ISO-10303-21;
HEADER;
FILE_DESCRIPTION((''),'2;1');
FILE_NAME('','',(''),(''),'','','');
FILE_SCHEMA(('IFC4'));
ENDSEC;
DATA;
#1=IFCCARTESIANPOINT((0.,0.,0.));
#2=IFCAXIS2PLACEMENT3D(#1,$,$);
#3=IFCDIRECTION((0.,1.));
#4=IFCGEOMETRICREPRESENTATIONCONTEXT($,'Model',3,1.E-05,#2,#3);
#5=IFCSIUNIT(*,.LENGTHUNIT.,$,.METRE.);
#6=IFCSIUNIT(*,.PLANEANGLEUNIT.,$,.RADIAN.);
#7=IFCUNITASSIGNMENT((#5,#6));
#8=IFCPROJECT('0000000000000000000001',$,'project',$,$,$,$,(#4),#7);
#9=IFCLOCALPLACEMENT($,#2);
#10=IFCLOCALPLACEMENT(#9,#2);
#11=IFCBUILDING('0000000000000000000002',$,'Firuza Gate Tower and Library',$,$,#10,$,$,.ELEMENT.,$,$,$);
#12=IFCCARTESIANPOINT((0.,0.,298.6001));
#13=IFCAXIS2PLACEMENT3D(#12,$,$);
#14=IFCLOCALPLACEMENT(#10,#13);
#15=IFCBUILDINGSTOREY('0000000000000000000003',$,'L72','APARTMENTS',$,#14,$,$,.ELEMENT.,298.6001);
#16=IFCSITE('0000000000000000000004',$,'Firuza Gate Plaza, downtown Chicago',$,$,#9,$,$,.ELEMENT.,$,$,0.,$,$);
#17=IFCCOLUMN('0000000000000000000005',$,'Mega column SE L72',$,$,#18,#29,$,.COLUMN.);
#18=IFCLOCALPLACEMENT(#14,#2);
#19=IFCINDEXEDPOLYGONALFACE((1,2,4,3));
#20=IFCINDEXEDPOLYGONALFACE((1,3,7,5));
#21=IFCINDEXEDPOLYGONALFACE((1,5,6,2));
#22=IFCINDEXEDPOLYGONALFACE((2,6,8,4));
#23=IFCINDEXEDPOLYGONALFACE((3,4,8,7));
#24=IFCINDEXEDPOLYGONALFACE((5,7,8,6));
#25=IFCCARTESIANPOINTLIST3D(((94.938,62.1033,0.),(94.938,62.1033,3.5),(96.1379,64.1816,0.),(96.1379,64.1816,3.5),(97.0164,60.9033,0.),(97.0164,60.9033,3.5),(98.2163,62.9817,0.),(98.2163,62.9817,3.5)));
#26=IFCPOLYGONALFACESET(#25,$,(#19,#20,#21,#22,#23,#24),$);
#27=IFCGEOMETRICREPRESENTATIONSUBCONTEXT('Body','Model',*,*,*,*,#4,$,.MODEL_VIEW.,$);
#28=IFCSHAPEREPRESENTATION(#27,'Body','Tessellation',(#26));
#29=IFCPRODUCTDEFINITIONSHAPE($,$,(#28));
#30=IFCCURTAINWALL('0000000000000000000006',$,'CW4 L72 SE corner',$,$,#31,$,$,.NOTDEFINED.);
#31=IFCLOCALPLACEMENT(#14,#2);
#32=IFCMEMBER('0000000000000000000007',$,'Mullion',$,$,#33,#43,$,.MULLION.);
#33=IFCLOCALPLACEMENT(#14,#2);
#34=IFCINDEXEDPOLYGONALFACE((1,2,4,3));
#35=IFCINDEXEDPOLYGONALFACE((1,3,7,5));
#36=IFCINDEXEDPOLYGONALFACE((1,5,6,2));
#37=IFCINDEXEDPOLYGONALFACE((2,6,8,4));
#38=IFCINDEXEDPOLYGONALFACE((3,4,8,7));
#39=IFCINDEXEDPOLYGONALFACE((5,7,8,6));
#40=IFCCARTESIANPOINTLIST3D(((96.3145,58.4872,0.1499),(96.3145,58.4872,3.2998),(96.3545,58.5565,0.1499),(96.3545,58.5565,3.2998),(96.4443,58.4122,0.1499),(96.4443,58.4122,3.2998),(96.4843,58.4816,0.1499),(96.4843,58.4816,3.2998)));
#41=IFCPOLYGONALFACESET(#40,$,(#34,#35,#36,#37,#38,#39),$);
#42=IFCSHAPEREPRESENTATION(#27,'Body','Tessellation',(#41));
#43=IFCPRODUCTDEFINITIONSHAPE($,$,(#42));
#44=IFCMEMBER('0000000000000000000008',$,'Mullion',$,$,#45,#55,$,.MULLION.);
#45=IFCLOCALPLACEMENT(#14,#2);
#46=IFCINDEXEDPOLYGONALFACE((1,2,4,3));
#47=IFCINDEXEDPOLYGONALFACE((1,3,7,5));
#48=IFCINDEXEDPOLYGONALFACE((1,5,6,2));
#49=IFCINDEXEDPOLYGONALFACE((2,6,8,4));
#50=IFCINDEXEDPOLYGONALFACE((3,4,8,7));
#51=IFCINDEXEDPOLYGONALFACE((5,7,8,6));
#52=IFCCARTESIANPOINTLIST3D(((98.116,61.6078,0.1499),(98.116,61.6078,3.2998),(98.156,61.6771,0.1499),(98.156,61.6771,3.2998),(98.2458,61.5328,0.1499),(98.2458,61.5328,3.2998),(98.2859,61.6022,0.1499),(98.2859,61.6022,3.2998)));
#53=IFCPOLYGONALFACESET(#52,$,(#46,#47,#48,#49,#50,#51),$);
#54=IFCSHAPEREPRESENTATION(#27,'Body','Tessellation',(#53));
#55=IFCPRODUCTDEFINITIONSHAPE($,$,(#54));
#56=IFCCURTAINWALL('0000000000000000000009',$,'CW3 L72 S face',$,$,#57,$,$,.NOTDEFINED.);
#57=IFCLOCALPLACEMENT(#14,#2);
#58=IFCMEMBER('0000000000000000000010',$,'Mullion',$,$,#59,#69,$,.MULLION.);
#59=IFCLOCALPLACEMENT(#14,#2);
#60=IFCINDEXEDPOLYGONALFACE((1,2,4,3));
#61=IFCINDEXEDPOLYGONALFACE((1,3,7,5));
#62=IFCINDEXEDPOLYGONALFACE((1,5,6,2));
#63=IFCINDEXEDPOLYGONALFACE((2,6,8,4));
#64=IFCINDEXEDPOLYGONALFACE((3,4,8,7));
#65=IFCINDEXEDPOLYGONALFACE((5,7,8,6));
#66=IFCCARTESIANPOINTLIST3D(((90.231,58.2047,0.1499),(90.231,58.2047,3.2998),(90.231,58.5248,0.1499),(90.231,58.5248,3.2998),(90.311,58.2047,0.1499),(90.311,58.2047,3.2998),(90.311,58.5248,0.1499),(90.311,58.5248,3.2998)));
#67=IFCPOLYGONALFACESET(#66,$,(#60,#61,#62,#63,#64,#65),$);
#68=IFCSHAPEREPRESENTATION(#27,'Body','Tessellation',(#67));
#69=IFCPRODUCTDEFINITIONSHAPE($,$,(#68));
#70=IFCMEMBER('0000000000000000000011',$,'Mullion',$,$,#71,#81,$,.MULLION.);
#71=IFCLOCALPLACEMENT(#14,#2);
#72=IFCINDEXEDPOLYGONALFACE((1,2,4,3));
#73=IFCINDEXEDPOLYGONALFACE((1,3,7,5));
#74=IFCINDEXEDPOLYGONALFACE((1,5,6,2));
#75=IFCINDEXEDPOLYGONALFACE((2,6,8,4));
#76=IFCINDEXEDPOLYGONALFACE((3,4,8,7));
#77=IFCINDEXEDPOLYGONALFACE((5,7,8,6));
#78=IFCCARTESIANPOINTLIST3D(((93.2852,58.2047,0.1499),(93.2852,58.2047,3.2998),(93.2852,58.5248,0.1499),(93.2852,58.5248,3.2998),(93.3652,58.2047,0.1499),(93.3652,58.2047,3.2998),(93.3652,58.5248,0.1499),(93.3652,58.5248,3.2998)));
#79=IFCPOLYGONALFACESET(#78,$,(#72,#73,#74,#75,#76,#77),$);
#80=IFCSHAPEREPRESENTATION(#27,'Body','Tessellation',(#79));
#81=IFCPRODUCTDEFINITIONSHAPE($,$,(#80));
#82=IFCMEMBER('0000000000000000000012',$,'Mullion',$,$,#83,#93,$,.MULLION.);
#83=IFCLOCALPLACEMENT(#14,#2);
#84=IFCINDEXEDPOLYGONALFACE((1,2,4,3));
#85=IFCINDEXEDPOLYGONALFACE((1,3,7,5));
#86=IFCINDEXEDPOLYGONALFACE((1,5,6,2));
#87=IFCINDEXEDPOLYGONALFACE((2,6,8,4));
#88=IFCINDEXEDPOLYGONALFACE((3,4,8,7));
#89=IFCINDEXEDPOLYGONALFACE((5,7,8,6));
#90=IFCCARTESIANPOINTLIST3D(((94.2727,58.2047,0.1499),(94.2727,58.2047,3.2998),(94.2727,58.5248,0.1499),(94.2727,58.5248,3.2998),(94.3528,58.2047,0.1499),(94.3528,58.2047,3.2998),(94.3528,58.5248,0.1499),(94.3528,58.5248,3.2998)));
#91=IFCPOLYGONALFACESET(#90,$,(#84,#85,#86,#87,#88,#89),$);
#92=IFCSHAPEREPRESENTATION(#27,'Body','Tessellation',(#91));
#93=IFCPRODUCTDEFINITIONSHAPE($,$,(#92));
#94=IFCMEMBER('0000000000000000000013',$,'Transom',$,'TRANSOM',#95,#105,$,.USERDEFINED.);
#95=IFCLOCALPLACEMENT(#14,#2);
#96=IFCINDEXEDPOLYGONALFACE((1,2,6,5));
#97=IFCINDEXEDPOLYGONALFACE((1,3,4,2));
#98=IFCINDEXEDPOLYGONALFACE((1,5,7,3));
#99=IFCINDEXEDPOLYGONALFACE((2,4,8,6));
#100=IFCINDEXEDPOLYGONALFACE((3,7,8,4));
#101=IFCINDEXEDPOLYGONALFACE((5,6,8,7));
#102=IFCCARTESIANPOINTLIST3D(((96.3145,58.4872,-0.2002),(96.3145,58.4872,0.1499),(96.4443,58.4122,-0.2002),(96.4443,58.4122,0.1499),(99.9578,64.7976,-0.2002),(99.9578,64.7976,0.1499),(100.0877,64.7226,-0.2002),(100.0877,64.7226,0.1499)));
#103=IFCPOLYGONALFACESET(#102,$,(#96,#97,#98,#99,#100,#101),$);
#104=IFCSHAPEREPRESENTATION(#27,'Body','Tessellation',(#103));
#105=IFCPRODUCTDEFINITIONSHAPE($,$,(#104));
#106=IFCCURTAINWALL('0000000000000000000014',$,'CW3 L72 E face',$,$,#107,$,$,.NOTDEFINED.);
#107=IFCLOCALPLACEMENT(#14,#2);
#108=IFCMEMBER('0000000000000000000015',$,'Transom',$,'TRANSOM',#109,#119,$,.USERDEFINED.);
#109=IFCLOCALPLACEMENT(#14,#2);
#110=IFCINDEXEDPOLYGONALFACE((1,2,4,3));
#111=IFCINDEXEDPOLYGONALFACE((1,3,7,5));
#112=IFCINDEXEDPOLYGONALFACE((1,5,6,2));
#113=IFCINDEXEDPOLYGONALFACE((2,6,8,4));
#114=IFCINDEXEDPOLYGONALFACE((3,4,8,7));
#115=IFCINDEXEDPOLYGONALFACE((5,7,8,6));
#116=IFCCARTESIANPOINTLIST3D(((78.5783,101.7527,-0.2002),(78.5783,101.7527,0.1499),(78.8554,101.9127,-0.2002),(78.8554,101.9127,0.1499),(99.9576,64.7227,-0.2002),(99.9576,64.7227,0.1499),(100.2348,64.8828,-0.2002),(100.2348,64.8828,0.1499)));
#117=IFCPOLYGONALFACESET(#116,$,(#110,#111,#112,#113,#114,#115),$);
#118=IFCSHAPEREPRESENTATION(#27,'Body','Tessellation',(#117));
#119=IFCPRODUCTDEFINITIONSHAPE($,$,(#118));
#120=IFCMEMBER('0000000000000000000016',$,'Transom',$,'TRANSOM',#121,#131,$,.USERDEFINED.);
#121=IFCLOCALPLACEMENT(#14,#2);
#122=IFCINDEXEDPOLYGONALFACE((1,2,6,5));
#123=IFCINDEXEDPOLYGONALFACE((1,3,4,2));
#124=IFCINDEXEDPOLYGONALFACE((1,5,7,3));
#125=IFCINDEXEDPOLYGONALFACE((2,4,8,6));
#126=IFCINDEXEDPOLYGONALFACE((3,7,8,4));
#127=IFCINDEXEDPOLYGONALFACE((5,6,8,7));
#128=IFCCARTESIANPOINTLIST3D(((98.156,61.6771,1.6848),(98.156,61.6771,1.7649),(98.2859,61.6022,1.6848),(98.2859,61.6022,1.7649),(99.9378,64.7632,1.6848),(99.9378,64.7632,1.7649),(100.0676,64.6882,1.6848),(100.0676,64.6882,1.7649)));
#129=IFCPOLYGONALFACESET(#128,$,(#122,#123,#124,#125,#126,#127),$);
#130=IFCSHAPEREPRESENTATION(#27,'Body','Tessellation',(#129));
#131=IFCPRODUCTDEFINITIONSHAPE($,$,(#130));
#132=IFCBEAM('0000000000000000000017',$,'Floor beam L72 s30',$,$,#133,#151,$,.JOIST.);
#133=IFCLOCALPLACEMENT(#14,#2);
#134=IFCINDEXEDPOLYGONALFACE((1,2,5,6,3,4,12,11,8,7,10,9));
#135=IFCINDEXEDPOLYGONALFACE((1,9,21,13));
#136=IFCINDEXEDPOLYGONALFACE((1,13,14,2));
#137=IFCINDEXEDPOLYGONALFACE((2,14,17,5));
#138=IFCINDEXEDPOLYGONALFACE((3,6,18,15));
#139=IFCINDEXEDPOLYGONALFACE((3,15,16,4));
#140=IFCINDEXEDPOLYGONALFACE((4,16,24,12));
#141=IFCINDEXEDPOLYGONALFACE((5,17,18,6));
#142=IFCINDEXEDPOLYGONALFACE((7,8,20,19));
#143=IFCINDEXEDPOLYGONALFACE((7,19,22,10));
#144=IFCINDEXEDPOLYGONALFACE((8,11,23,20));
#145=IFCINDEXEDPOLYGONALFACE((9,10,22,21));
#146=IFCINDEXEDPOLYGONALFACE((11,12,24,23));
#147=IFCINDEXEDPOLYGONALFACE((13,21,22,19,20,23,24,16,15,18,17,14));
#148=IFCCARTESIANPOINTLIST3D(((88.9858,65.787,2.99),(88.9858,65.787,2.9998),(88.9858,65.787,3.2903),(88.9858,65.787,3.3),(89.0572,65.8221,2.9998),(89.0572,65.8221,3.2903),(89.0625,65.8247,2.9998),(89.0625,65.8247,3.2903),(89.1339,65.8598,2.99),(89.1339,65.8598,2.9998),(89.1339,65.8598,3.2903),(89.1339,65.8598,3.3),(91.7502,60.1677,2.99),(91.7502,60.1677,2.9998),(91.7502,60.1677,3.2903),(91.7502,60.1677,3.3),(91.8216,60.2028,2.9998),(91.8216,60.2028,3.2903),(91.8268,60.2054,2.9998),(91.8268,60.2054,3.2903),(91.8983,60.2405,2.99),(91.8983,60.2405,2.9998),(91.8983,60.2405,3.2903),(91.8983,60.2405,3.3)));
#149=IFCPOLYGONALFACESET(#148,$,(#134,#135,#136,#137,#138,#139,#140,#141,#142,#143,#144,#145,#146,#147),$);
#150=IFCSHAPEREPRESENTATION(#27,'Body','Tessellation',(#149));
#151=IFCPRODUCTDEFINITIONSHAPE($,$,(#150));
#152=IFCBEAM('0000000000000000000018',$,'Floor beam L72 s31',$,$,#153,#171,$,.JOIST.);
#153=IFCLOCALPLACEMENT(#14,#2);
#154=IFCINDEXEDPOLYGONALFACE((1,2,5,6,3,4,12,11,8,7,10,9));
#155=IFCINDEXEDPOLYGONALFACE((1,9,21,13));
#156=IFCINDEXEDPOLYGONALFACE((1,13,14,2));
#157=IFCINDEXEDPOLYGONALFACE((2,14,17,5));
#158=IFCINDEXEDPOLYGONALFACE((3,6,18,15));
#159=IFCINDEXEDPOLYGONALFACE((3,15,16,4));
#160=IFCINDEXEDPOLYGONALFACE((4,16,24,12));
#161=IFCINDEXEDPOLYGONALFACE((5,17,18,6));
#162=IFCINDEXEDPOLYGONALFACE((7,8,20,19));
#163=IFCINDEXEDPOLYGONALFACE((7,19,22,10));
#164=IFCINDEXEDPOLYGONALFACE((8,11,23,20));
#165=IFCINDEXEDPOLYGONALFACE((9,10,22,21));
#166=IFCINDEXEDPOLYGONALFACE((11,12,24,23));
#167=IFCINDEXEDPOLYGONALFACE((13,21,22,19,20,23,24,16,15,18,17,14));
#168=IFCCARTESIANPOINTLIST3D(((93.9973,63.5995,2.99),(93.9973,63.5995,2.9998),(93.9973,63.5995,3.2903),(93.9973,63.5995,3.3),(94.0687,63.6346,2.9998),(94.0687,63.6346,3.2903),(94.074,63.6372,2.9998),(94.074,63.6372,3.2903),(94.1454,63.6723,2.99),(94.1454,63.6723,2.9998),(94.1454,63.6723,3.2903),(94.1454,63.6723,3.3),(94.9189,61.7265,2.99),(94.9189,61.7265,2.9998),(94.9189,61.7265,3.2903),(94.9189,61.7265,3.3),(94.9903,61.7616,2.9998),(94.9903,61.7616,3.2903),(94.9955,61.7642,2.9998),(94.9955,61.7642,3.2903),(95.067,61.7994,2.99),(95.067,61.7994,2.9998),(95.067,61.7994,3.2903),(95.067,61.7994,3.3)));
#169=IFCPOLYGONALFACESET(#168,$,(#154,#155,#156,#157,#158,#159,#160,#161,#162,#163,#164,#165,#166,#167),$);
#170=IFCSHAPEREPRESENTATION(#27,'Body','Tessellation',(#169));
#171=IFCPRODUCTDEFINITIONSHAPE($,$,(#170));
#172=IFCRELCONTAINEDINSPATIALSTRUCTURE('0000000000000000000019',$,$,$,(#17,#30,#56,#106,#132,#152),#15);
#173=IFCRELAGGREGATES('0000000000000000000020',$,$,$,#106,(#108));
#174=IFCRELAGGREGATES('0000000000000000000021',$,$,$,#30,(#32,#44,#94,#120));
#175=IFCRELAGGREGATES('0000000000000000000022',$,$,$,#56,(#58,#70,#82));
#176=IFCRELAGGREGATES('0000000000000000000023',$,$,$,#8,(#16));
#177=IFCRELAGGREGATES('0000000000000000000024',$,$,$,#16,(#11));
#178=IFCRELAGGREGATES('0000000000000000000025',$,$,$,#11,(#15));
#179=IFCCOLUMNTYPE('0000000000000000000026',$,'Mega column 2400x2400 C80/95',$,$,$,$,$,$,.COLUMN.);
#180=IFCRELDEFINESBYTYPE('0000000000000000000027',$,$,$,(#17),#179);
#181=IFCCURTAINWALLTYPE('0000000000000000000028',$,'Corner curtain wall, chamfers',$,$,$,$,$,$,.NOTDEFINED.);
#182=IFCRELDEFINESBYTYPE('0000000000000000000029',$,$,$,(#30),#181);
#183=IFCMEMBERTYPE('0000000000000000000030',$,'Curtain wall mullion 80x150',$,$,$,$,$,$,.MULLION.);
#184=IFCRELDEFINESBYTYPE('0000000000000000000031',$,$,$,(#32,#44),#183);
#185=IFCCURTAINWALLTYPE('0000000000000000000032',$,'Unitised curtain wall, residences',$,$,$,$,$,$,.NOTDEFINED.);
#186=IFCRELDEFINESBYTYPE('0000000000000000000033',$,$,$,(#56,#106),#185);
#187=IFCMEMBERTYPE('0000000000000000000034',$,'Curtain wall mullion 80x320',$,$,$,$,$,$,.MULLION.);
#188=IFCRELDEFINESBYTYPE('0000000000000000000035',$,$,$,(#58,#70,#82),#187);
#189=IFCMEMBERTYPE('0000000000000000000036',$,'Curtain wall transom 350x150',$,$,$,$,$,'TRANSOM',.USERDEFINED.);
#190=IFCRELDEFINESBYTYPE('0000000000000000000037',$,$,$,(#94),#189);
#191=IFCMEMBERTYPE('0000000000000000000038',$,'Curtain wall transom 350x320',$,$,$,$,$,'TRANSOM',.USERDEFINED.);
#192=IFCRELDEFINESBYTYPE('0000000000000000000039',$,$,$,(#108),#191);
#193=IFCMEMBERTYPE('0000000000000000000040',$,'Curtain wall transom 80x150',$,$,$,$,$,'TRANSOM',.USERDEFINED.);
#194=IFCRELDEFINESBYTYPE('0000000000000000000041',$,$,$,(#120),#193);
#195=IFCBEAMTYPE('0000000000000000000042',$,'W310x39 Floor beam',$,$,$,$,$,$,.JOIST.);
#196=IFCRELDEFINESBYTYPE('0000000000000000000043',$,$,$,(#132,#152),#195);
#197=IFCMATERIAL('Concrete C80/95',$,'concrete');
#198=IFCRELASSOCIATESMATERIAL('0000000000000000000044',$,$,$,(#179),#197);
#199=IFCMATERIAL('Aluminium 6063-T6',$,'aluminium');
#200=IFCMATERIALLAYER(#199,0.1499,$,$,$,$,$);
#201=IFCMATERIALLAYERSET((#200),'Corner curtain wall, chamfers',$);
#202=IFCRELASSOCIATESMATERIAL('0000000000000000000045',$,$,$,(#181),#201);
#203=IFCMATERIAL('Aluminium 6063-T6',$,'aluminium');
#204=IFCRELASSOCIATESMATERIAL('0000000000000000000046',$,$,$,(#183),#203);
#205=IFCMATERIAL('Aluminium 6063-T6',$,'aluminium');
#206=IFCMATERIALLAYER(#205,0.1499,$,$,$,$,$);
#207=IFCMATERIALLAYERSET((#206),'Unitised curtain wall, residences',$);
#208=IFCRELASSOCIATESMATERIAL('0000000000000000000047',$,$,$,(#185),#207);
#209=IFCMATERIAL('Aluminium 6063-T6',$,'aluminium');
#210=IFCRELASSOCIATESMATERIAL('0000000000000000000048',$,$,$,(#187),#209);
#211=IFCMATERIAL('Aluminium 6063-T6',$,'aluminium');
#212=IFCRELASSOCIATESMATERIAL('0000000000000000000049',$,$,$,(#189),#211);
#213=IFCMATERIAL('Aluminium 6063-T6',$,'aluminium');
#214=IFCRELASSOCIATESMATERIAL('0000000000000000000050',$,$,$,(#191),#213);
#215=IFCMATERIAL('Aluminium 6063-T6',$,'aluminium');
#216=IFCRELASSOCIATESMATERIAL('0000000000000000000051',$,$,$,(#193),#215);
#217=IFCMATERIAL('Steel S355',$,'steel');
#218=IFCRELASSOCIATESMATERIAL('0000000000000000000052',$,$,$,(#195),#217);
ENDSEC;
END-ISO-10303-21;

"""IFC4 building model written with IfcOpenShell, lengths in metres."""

from ifc_helpers import new_model, si_unit, direction, frame, origin, origin_2d, place, context, subcontext, project, spatial, rectangle, i_section, extrude, material, layer, layer_set, material_profile, profile_set, type_object, element, aggregate, save


model = new_model("IFC4")

# Units and contexts
model_context = context("Model", 3, precision=1e-05, world=origin(), true_north=direction((0.0, 1.0)))
body_context = subcontext(model_context, "Body", "Model", "MODEL_VIEW")
ifc_project = project(units=[si_unit("LENGTHUNIT", "METRE"), si_unit("PLANEANGLEUNIT", "RADIAN")], contexts=[model_context])

# Site, building, storey
site_placement = place(None, origin())
site = spatial("IfcSite", under=ifc_project, at=site_placement, Name="Firuza Gate Plaza, downtown Chicago", CompositionType="ELEMENT", RefElevation=0.0)
building_placement = place(site_placement, origin())
building = spatial("IfcBuilding", under=site, at=building_placement, Name="Firuza Gate Tower and Library", CompositionType="ELEMENT")
storey_placement = place(building_placement, frame((0.0, 0.0, 298.6001)))
storey = spatial("IfcBuildingStorey", under=building, at=storey_placement, Name="L72", Description="APARTMENTS", CompositionType="ELEMENT", Elevation=298.6001)

# Column
ifc_material_1 = material(Name="Concrete C80/95", Category="concrete")
ifc_material_profile_1 = material_profile(ifc_material_1, rectangle(XDim=2.3999, YDim=2.3999, at=origin_2d()))
ifc_profile_set_1 = profile_set([ifc_material_profile_1], Name="Concrete C80/95")
column_type = type_object("IfcColumnType", Name="Mega column 2400x2400 C80/95", PredefinedType="COLUMN", material=ifc_profile_set_1)
column_placement = place(storey_placement, frame((96.5771, 62.5425, 0.0), z_axis=(0.0, 0.0, 1.0), x_axis=(0.5, 0.866025, 0.0)))
element("IfcColumn", 1, at=column_placement, inside=storey, type_object=column_type, Name="Mega column SE L72", PredefinedType="COLUMN", context=body_context, shape_type="SweptSolid", body=[
    extrude(rectangle(XDim=2.3999, YDim=2.3999, at=origin_2d()), origin(), (0.0, 0.0, 1.0), 3.5),
])

# Curtain walls, members
ifc_material_2 = material(Name="Aluminium 6063-T6", Category="aluminium")
ifc_layer_1 = layer(ifc_material_2, 0.1499)
ifc_layer_set_1 = layer_set([ifc_layer_1], Name="Corner curtain wall, chamfers")
curtain_wall_type_1 = type_object("IfcCurtainWallType", Name="Corner curtain wall, chamfers", PredefinedType="NOTDEFINED", material=ifc_layer_set_1)
placement = place(storey_placement, origin())
curtain_wall_1 = element("IfcCurtainWall", 2, at=placement, inside=storey, type_object=curtain_wall_type_1, Name="CW4 L72 SE corner", PredefinedType="NOTDEFINED")
ifc_material_3 = material(Name="Aluminium 6063-T6", Category="aluminium")
ifc_material_profile_2 = material_profile(ifc_material_3, rectangle(XDim=0.1499, YDim=0.0801, at=origin_2d()))
ifc_profile_set_2 = profile_set([ifc_material_profile_2], Name="Aluminium 6063-T6")
member_type_1 = type_object("IfcMemberType", Name="Curtain wall mullion 80x150", PredefinedType="MULLION", material=ifc_profile_set_2)
member_1_placement = place(storey_placement, frame((96.3994, 58.4844, 0.1499), z_axis=(0.0, 0.0, 1.0), x_axis=(-0.866025, 0.5, 0.0)))
member_1 = element("IfcMember", 3, at=member_1_placement, type_object=member_type_1, Name="Mullion", PredefinedType="MULLION", context=body_context, shape_type="SweptSolid", body=[
    extrude(rectangle(XDim=0.1499, YDim=0.0801, at=origin_2d()), origin(), (0.0, 0.0, 1.0), 3.1499),
])
member_2_placement = place(storey_placement, frame((98.2009, 61.605, 0.1499), z_axis=(0.0, 0.0, 1.0), x_axis=(-0.866025, 0.5, 0.0)))
member_2 = element("IfcMember", 4, at=member_2_placement, type_object=member_type_1, Name="Mullion", PredefinedType="MULLION", context=body_context, shape_type="SweptSolid", body=[
    extrude(rectangle(XDim=0.1499, YDim=0.0801, at=origin_2d()), origin(), (0.0, 0.0, 1.0), 3.1499),
])
ifc_material_4 = material(Name="Aluminium 6063-T6", Category="aluminium")
ifc_layer_2 = layer(ifc_material_4, 0.1499)
ifc_layer_set_2 = layer_set([ifc_layer_2], Name="Unitised curtain wall, residences")
curtain_wall_type_2 = type_object("IfcCurtainWallType", Name="Unitised curtain wall, residences", PredefinedType="NOTDEFINED", material=ifc_layer_set_2)
curtain_wall_2 = element("IfcCurtainWall", 5, at=placement, inside=storey, type_object=curtain_wall_type_2, Name="CW3 L72 S face", PredefinedType="NOTDEFINED")
ifc_material_5 = material(Name="Aluminium 6063-T6", Category="aluminium")
ifc_material_profile_3 = material_profile(ifc_material_5, rectangle(XDim=0.3201, YDim=0.0801, at=origin_2d()))
ifc_profile_set_3 = profile_set([ifc_material_profile_3], Name="Aluminium 6063-T6")
member_type_2 = type_object("IfcMemberType", Name="Curtain wall mullion 80x320", PredefinedType="MULLION", material=ifc_profile_set_3)
member_3_placement = place(storey_placement, frame((90.271, 58.3647, 0.1499), z_axis=(0.0, 0.0, 1.0), x_axis=(0.0, 1.0, 0.0)))
member_3 = element("IfcMember", 6, at=member_3_placement, type_object=member_type_2, Name="Mullion", PredefinedType="MULLION", context=body_context, shape_type="SweptSolid", body=[
    extrude(rectangle(XDim=0.3201, YDim=0.0801, at=origin_2d()), origin(), (0.0, 0.0, 1.0), 3.1499),
])
member_4_placement = place(storey_placement, frame((93.3252, 58.3647, 0.1499), z_axis=(0.0, 0.0, 1.0), x_axis=(0.0, 1.0, 0.0)))
member_4 = element("IfcMember", 7, at=member_4_placement, type_object=member_type_2, Name="Mullion", PredefinedType="MULLION", context=body_context, shape_type="SweptSolid", body=[
    extrude(rectangle(XDim=0.3201, YDim=0.0801, at=origin_2d()), origin(), (0.0, 0.0, 1.0), 3.1499),
])
member_5_placement = place(storey_placement, frame((94.3127, 58.3647, 0.1499), z_axis=(0.0, 0.0, 1.0), x_axis=(0.0, 1.0, 0.0)))
member_5 = element("IfcMember", 8, at=member_5_placement, type_object=member_type_2, Name="Mullion", PredefinedType="MULLION", context=body_context, shape_type="SweptSolid", body=[
    extrude(rectangle(XDim=0.3201, YDim=0.0801, at=origin_2d()), origin(), (0.0, 0.0, 1.0), 3.1499),
])

# Member
ifc_material_6 = material(Name="Aluminium 6063-T6", Category="aluminium")
ifc_material_profile_4 = material_profile(ifc_material_6, rectangle(XDim=0.1499, YDim=0.3501, at=origin_2d()))
ifc_profile_set_4 = profile_set([ifc_material_profile_4], Name="Aluminium 6063-T6")
member_type_3 = type_object("IfcMemberType", Name="Curtain wall transom 350x150", ElementType="TRANSOM", PredefinedType="USERDEFINED", material=ifc_profile_set_4)
member_6_placement = place(storey_placement, frame((96.3794, 58.4497, -0.0251), z_axis=(0.500006, 0.866022, 0.0), x_axis=(-0.866022, 0.500006, 0.0)))
member_6 = element("IfcMember", 9, at=member_6_placement, type_object=member_type_3, Name="Transom", ObjectType="TRANSOM", PredefinedType="USERDEFINED", context=body_context, shape_type="SweptSolid", body=[
    extrude(rectangle(XDim=0.1499, YDim=0.3501, at=origin_2d()), origin(), (0.0, 0.0, 1.0), 7.2866),
])

# Curtain wall, member
curtain_wall_3 = element("IfcCurtainWall", 10, at=placement, inside=storey, type_object=curtain_wall_type_2, Name="CW3 L72 E face", PredefinedType="NOTDEFINED")
ifc_material_7 = material(Name="Aluminium 6063-T6", Category="aluminium")
ifc_material_profile_5 = material_profile(ifc_material_7, rectangle(XDim=0.3201, YDim=0.3501, at=origin_2d()))
ifc_profile_set_5 = profile_set([ifc_material_profile_5], Name="Aluminium 6063-T6")
member_type_4 = type_object("IfcMemberType", Name="Curtain wall transom 350x320", ElementType="TRANSOM", PredefinedType="USERDEFINED", material=ifc_profile_set_5)
member_7_placement = place(storey_placement, frame((100.0962, 64.8027, -0.0251), z_axis=(-0.500002, 0.866024, 0.0), x_axis=(-0.866024, -0.500002, 0.0)))
member_7 = element("IfcMember", 11, at=member_7_placement, type_object=member_type_4, Name="Transom", ObjectType="TRANSOM", PredefinedType="USERDEFINED", context=body_context, shape_type="SweptSolid", body=[
    extrude(rectangle(XDim=0.3201, YDim=0.3501, at=origin_2d()), origin(), (0.0, 0.0, 1.0), 42.7585),
])
aggregate(curtain_wall_3, [member_7])

# Member
ifc_material_8 = material(Name="Aluminium 6063-T6", Category="aluminium")
ifc_material_profile_6 = material_profile(ifc_material_8, rectangle(XDim=0.1499, YDim=0.0801, at=origin_2d()))
ifc_profile_set_6 = profile_set([ifc_material_profile_6], Name="Aluminium 6063-T6")
member_type_5 = type_object("IfcMemberType", Name="Curtain wall transom 80x150", ElementType="TRANSOM", PredefinedType="USERDEFINED", material=ifc_profile_set_6)
member_8_placement = place(storey_placement, frame((98.2209, 61.6396, 1.7249), z_axis=(0.500015, 0.866017, 0.0), x_axis=(-0.866017, 0.500015, 0.0)))
member_8 = element("IfcMember", 12, at=member_8_placement, type_object=member_type_5, Name="Transom", ObjectType="TRANSOM", PredefinedType="USERDEFINED", context=body_context, shape_type="SweptSolid", body=[
    extrude(rectangle(XDim=0.1499, YDim=0.0801, at=origin_2d()), origin(), (0.0, 0.0, 1.0), 3.5635),
])

# Beams
ifc_material_9 = material(Name="Steel S355", Category="steel")
ifc_material_profile_7 = material_profile(ifc_material_9, i_section(OverallWidth=0.165, OverallDepth=0.3101, WebThickness=0.0059, FlangeThickness=0.0098, at=origin_2d()))
ifc_profile_set_7 = profile_set([ifc_material_profile_7], Name="Steel S355")
beam_type_1 = type_object("IfcBeamType", Name="W310x39 Floor beam", PredefinedType="JOIST", material=ifc_profile_set_7)
beam_1_placement = place(storey_placement, frame((91.8242, 60.2041, 3.145), z_axis=(-0.441419, 0.897301, 0.0), x_axis=(-0.897301, -0.441419, 0.0)))
element("IfcBeam", 13, at=beam_1_placement, inside=storey, type_object=beam_type_1, Name="Floor beam L72 s30", PredefinedType="JOIST", context=body_context, shape_type="SweptSolid", body=[
    extrude(i_section(OverallWidth=0.165, OverallDepth=0.3101, WebThickness=0.0059, FlangeThickness=0.0098, at=origin_2d()), origin(), (0.0, 0.0, 1.0), 6.2625),
])
beam_2_placement = place(storey_placement, frame((94.9929, 61.7629, 3.145), z_axis=(-0.441497, 0.897263, 0.0), x_axis=(-0.897263, -0.441497, 0.0)))
element("IfcBeam", 14, at=beam_2_placement, inside=storey, type_object=beam_type_1, Name="Floor beam L72 s31", PredefinedType="JOIST", context=body_context, shape_type="SweptSolid", body=[
    extrude(i_section(OverallWidth=0.165, OverallDepth=0.3101, WebThickness=0.0059, FlangeThickness=0.0098, at=origin_2d()), origin(), (0.0, 0.0, 1.0), 2.0874),
])

aggregate(curtain_wall_1, [member_1, member_2, member_6, member_8])
aggregate(curtain_wall_2, [member_3, member_4, member_5])

save(model, "model.ifc")
